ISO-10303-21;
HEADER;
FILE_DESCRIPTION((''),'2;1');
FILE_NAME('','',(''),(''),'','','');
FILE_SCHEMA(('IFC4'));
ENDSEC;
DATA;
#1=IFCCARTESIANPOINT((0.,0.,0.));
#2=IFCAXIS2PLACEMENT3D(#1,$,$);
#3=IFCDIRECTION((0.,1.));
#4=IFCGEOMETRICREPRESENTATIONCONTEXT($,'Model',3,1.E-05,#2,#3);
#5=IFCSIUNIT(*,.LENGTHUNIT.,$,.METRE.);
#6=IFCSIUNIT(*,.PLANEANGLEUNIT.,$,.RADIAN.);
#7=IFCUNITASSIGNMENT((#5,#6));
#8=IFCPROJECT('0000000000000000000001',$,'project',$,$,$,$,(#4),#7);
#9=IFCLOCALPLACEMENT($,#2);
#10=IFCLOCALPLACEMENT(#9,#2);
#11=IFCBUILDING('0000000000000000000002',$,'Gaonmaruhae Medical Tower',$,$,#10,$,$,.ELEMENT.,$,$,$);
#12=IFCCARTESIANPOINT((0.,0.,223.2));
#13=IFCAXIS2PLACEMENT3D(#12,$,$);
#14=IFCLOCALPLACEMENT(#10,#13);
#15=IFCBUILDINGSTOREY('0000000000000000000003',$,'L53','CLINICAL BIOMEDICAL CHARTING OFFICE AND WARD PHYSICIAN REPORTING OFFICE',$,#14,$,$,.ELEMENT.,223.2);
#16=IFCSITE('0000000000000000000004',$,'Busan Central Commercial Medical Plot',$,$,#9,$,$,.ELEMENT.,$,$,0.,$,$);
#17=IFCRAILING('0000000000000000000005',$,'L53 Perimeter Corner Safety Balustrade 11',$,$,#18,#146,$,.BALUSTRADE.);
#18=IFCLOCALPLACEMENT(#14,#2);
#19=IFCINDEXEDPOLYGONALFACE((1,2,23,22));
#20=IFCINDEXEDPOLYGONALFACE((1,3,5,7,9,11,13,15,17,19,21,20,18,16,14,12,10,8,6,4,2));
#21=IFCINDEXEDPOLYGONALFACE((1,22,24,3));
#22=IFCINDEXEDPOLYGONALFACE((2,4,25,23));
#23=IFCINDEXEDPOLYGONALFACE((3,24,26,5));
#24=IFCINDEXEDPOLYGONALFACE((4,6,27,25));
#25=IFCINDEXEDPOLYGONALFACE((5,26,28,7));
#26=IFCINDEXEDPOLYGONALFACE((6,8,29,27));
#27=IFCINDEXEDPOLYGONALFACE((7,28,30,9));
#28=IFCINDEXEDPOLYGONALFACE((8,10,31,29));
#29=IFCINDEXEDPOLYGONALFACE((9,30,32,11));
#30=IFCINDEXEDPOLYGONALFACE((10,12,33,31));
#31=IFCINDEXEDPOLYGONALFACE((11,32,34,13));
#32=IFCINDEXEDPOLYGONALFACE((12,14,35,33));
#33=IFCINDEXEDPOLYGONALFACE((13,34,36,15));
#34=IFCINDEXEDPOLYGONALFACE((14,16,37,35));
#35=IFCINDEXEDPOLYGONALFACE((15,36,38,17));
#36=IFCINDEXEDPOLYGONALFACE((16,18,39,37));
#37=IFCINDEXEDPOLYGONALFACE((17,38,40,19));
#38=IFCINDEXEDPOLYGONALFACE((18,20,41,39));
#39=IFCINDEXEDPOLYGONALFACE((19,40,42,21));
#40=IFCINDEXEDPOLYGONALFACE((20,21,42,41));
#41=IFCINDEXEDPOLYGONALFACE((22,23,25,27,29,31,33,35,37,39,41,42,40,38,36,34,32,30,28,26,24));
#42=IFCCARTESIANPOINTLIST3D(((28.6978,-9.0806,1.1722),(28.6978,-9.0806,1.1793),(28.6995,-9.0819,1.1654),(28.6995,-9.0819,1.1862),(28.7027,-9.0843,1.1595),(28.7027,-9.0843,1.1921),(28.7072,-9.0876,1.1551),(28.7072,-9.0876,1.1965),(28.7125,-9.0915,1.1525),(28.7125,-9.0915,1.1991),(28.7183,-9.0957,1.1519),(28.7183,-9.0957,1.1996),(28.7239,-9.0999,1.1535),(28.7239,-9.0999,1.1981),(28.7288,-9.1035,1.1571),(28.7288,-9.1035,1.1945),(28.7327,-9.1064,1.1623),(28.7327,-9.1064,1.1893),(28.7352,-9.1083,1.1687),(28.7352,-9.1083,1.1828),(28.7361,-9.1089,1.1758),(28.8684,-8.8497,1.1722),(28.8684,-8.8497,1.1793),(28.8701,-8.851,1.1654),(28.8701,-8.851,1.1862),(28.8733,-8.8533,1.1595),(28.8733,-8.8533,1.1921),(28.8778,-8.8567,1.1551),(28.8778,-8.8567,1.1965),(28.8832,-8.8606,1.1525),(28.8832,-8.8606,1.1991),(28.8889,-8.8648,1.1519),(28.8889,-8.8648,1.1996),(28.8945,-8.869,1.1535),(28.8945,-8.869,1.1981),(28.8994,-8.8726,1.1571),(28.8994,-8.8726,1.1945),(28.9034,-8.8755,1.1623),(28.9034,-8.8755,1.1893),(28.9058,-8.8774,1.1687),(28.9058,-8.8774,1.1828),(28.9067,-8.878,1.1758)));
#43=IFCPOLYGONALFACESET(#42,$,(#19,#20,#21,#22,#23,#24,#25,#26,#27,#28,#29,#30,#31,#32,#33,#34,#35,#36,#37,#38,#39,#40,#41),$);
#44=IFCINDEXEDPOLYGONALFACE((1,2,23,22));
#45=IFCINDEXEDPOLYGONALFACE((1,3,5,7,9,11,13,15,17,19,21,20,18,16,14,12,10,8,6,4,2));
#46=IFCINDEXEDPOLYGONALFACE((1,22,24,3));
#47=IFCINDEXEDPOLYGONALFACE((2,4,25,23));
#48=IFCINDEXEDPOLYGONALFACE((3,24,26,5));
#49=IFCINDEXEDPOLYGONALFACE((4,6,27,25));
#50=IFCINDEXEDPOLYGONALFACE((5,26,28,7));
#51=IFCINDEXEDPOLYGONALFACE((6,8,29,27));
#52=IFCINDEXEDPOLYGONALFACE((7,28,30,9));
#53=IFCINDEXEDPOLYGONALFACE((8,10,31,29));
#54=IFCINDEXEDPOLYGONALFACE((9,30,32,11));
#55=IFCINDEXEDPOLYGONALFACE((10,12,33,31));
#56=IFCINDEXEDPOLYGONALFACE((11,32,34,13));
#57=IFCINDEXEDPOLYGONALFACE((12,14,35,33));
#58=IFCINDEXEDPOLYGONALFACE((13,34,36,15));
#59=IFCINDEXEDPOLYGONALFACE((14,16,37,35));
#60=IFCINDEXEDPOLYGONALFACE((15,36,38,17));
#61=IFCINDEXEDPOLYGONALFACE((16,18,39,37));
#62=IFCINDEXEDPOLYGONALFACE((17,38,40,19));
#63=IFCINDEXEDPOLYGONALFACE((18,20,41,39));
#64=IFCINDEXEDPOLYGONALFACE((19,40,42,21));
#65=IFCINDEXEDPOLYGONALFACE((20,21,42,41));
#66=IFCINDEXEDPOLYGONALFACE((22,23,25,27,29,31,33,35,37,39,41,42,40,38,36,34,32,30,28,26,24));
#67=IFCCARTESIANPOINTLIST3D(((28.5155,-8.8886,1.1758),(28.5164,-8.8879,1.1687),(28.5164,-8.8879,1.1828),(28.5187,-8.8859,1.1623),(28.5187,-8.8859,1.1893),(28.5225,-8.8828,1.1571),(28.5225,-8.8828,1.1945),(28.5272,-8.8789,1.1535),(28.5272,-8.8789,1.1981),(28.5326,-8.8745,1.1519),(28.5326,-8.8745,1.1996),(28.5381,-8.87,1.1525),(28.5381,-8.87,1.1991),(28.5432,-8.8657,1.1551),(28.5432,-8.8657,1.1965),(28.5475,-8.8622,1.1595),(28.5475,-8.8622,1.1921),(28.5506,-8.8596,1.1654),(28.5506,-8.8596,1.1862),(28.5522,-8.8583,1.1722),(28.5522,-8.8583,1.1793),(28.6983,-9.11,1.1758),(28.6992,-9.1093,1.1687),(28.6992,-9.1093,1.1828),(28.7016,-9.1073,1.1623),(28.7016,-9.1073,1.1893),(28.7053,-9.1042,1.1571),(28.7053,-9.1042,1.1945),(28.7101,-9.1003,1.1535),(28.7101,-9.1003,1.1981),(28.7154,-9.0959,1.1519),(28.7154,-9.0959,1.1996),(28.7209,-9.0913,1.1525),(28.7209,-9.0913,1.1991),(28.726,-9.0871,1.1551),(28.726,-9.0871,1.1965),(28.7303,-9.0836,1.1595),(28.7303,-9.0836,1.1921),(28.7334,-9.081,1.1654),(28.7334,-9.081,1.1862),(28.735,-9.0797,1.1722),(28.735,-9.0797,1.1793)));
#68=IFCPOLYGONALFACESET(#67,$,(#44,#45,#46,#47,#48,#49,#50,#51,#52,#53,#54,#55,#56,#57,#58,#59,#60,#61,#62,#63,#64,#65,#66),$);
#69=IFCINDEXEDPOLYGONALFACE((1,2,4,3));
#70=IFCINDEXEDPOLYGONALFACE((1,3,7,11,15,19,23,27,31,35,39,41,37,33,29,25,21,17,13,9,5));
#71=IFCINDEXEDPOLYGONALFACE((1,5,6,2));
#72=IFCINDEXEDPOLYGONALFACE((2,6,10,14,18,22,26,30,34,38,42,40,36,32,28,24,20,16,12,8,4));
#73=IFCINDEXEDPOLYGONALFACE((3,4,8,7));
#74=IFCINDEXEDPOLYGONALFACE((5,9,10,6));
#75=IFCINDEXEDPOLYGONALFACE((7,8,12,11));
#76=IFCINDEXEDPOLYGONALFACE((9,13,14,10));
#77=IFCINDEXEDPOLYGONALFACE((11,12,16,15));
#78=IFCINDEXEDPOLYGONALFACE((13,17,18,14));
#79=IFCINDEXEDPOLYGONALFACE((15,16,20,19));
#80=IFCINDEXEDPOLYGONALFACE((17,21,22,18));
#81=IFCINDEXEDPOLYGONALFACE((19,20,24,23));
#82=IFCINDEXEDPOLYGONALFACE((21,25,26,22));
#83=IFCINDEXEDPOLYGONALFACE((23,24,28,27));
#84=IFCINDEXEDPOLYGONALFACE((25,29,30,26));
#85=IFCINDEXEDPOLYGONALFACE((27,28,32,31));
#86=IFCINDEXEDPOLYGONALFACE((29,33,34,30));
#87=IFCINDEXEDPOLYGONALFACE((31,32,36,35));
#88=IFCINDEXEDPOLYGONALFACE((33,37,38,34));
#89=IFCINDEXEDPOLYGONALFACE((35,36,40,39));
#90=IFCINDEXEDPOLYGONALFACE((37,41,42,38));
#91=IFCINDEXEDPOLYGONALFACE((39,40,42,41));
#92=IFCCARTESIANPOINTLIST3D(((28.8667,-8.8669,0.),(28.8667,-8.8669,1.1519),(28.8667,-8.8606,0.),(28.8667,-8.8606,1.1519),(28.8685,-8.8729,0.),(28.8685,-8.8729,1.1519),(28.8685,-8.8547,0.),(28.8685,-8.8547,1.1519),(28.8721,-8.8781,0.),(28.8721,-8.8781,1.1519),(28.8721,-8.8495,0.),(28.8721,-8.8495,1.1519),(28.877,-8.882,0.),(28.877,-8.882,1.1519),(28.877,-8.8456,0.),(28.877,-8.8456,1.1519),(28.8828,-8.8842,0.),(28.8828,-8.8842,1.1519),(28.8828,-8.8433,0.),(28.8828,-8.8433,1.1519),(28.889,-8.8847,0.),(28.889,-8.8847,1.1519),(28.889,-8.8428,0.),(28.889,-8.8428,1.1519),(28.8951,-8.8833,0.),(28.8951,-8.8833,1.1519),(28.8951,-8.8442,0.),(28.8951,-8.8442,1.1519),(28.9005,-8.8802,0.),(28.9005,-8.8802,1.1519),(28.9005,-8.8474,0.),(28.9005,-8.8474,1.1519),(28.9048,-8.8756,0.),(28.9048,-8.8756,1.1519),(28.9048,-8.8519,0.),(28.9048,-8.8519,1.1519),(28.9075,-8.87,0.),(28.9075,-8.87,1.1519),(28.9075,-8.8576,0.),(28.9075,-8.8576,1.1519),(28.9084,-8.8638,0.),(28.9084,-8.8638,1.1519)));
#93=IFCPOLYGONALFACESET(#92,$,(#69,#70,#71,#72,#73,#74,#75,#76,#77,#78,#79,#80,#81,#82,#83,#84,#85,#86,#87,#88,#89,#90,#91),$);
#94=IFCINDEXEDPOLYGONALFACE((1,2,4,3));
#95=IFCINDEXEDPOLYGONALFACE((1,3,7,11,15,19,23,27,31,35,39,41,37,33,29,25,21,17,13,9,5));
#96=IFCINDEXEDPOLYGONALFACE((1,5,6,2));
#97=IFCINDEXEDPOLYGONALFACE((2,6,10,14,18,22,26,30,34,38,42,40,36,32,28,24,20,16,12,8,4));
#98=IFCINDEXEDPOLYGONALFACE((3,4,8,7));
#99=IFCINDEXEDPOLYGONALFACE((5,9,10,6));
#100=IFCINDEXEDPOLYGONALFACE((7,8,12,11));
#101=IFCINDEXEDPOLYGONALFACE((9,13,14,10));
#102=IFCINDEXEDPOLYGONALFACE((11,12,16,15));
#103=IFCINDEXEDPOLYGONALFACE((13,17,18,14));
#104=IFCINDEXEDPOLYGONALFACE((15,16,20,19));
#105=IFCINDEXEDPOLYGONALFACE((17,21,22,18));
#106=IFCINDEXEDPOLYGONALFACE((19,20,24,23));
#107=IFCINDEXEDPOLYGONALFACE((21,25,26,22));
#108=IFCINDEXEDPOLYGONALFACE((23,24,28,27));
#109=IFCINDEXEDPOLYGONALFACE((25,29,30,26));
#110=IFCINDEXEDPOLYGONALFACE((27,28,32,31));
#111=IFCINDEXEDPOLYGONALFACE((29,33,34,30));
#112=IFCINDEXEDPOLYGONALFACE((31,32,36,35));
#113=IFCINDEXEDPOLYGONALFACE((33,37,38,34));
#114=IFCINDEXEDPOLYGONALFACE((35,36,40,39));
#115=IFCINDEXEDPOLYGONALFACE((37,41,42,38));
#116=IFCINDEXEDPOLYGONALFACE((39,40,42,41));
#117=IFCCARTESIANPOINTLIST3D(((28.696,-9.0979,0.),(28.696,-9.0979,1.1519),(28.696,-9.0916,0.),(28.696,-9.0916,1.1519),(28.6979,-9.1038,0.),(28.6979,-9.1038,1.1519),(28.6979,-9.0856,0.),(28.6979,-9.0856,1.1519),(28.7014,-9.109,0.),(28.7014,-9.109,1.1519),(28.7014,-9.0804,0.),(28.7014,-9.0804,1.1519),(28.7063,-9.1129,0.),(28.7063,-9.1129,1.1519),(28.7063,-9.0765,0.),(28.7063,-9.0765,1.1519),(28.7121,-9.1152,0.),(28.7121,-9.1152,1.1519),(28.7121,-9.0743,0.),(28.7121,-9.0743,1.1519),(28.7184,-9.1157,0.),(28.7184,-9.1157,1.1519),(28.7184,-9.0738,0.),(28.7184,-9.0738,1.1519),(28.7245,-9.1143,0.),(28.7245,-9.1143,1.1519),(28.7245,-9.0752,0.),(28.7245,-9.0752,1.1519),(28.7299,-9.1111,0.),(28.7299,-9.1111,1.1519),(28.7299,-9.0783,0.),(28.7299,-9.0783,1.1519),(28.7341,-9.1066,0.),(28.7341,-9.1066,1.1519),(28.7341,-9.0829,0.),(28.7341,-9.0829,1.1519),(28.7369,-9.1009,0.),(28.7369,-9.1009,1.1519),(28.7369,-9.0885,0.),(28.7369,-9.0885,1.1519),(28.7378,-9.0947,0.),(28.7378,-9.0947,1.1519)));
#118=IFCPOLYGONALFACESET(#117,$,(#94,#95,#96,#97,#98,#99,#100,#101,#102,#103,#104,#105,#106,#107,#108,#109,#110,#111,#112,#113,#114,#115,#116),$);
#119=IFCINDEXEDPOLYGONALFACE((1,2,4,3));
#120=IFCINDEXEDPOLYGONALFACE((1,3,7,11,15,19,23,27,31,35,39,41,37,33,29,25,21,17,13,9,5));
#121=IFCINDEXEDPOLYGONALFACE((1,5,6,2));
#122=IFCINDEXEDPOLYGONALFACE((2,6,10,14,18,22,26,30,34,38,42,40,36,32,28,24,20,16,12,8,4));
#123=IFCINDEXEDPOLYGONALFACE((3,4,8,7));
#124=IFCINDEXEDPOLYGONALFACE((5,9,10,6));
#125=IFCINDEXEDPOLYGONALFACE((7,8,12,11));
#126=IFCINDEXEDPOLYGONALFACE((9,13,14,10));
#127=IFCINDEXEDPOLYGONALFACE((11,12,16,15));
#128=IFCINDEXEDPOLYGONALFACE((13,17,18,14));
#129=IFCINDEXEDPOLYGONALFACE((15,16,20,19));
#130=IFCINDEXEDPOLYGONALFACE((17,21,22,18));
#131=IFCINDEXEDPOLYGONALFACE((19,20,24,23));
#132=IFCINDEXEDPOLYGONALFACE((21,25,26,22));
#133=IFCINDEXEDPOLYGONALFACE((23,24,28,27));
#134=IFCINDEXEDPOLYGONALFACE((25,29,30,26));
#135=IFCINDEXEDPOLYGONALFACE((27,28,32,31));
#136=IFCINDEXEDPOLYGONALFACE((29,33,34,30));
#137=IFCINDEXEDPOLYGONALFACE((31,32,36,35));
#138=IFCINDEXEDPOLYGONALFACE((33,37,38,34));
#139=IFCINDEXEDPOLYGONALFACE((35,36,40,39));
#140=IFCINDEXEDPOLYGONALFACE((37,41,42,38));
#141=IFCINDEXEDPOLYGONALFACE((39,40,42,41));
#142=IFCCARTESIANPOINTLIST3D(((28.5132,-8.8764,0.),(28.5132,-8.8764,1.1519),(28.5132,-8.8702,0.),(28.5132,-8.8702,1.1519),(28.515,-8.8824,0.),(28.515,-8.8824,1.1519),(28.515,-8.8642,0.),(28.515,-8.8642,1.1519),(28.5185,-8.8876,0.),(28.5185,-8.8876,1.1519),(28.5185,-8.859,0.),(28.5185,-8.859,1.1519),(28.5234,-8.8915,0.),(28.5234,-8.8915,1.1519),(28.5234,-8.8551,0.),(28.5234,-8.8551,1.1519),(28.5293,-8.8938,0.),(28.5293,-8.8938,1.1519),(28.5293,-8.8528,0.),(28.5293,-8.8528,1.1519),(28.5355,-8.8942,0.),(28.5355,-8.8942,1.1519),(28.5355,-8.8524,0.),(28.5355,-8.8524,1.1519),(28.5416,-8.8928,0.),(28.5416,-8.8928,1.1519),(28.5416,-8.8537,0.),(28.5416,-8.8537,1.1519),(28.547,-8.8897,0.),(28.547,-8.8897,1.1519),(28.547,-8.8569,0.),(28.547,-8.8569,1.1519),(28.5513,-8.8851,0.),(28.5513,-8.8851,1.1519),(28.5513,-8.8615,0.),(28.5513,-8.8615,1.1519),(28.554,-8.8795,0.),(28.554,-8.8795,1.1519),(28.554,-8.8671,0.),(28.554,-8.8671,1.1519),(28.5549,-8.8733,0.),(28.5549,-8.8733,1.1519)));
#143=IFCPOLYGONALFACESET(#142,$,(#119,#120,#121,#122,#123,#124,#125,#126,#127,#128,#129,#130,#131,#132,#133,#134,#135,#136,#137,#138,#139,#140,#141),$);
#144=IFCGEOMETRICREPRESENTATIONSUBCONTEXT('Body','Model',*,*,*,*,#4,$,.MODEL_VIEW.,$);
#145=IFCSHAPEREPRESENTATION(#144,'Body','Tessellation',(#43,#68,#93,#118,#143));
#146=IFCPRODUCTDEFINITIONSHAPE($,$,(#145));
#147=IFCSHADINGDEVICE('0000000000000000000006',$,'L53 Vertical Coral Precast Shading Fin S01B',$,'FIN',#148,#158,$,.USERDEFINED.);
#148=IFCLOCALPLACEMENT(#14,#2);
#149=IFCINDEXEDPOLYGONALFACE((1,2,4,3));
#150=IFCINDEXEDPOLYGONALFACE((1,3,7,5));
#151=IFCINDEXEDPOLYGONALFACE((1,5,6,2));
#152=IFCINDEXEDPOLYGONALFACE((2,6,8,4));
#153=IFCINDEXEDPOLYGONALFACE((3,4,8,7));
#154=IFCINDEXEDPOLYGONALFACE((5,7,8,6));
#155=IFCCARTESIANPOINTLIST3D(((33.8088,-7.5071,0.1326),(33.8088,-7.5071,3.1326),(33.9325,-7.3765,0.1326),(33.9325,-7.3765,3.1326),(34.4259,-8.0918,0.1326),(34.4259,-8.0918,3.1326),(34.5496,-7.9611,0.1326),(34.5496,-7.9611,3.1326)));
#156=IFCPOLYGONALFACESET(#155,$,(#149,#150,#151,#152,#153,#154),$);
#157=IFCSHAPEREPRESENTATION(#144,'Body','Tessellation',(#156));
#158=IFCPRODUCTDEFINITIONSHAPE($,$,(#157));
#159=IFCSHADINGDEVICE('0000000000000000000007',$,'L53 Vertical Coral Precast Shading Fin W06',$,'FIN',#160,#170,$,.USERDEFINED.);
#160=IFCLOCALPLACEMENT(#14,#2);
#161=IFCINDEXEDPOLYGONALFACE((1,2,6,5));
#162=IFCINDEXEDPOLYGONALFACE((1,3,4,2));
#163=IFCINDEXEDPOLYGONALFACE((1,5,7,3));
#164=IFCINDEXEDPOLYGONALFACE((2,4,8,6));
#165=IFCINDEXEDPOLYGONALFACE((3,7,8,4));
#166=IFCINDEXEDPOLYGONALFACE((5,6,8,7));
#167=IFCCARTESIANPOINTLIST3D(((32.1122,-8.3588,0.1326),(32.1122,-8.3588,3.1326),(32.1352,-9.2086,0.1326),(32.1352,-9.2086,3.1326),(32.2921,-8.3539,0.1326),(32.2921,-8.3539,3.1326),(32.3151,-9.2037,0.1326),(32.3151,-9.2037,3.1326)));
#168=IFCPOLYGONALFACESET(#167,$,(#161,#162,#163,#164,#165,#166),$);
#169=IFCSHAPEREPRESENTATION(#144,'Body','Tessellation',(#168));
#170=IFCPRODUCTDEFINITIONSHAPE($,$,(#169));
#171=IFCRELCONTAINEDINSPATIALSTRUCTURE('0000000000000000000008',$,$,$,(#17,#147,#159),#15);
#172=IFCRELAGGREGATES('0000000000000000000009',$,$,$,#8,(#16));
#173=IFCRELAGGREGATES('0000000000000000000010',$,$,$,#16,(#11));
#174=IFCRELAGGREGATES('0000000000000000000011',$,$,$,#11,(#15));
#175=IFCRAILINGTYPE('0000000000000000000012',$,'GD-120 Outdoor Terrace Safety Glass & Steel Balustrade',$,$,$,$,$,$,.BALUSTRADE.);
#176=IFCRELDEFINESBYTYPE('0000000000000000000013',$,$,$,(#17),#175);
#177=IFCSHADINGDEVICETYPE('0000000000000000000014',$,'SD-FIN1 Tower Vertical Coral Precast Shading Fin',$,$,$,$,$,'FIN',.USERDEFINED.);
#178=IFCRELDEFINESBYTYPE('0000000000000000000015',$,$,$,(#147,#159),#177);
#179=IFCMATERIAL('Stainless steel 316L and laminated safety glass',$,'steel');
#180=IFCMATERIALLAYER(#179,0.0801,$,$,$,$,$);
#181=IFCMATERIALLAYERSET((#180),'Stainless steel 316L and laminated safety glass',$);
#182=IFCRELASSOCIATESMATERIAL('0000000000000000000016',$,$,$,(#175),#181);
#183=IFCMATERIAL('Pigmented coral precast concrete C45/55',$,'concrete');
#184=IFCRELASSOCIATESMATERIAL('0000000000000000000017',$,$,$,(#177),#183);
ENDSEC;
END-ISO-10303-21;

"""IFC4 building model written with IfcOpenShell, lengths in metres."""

from ifc_helpers import new_model, si_unit, direction, frame, origin, origin_2d, place, context, subcontext, project, spatial, rectangle, circle, extrude, material, layer, layer_set, type_object, element, save


model = new_model("IFC4")

# Units and contexts
model_context = context("Model", 3, precision=1e-05, world=origin(), true_north=direction((0.0, 1.0)))
body_context = subcontext(model_context, "Body", "Model", "MODEL_VIEW")
ifc_project = project(units=[si_unit("LENGTHUNIT", "METRE"), si_unit("PLANEANGLEUNIT", "RADIAN")], contexts=[model_context])

# Site, building, storey
site_placement = place(None, origin())
site = spatial("IfcSite", under=ifc_project, at=site_placement, Name="Busan Central Commercial Medical Plot", CompositionType="ELEMENT", RefElevation=0.0)
building_placement = place(site_placement, origin())
building = spatial("IfcBuilding", under=site, at=building_placement, Name="Gaonmaruhae Medical Tower", CompositionType="ELEMENT")
storey_placement = place(building_placement, frame((0.0, 0.0, 223.2)))
storey = spatial("IfcBuildingStorey", under=building, at=storey_placement, Name="L53", Description="CLINICAL BIOMEDICAL CHARTING OFFICE AND WARD PHYSICIAN REPORTING OFFICE", CompositionType="ELEMENT", Elevation=223.2)

# Railing
ifc_material_1 = material(Name="Stainless steel 316L and laminated safety glass", Category="steel")
ifc_layer_1 = layer(ifc_material_1, 0.0801)
ifc_layer_set_1 = layer_set([ifc_layer_1], Name="Stainless steel 316L and laminated safety glass")
railing_type = type_object("IfcRailingType", Name="GD-120 Outdoor Terrace Safety Glass & Steel Balustrade", PredefinedType="BALUSTRADE", material=ifc_layer_set_1)
railing_1_placement = place(storey_placement, frame((28.8875, -8.8638, 0.0)))
element("IfcRailing", 1, at=railing_1_placement, inside=storey, type_object=railing_type, Name="L53 Perimeter Corner Safety Balustrade 11", PredefinedType="BALUSTRADE", context=body_context, shape_type="SweptSolid", body=[
    extrude(circle(Radius=0.0239, at=origin_2d()), frame((0.0, 0.0, 1.1758), z_axis=(-0.594272, -0.804264, 0.0), x_axis=(0.804264, -0.594272, 0.0)), (0.0, 0.0, 1.0), 0.2871),
    extrude(circle(Radius=0.0239, at=origin_2d()), frame((-0.1707, -0.231, 1.1758), z_axis=(-0.63675, 0.771071, 0.0), x_axis=(-0.771071, -0.63675, 0.0)), (0.0, 0.0, 1.0), 0.2871),
    extrude(circle(Radius=0.021, at=origin_2d()), origin(), (0.0, 0.0, 1.0), 1.1519),
    extrude(circle(Radius=0.021, at=origin_2d()), frame((-0.1707, -0.231, 0.0)), (0.0, 0.0, 1.0), 1.1519),
    extrude(circle(Radius=0.021, at=origin_2d()), frame((-0.3535, -0.0095, 0.0)), (0.0, 0.0, 1.0), 1.1519),
])

# Shading devices
ifc_material_2 = material(Name="Pigmented coral precast concrete C45/55", Category="concrete")
shading_device_type = type_object("IfcShadingDeviceType", Name="SD-FIN1 Tower Vertical Coral Precast Shading Fin", ElementType="FIN", PredefinedType="USERDEFINED", material=ifc_material_2)
for number, where, z_axis, x_axis, name in (
    (2, (34.1792, -7.7341, 0.1326), (0.0, 0.0, 1.0), (-0.687721, -0.725975, 0.0), "L53 Vertical Coral Precast Shading Fin S01B"),
    (3, (32.2136, -8.7812, 0.1326), (0.0, 0.0, 1.0), (-0.999634, -0.027067, 0.0), "L53 Vertical Coral Precast Shading Fin W06"),
):
    element("IfcShadingDevice", number, at=place(storey_placement, frame(where, z_axis=z_axis, x_axis=x_axis)), inside=storey, type_object=shading_device_type, Name=name, ObjectType="FIN", PredefinedType="USERDEFINED", context=body_context, shape_type="SweptSolid", body=[
        extrude(rectangle(XDim=0.1799, YDim=0.8501, at=origin_2d()), origin(), (0.0, 0.0, 1.0), 3.0),
    ])

save(model, "model.ifc")
